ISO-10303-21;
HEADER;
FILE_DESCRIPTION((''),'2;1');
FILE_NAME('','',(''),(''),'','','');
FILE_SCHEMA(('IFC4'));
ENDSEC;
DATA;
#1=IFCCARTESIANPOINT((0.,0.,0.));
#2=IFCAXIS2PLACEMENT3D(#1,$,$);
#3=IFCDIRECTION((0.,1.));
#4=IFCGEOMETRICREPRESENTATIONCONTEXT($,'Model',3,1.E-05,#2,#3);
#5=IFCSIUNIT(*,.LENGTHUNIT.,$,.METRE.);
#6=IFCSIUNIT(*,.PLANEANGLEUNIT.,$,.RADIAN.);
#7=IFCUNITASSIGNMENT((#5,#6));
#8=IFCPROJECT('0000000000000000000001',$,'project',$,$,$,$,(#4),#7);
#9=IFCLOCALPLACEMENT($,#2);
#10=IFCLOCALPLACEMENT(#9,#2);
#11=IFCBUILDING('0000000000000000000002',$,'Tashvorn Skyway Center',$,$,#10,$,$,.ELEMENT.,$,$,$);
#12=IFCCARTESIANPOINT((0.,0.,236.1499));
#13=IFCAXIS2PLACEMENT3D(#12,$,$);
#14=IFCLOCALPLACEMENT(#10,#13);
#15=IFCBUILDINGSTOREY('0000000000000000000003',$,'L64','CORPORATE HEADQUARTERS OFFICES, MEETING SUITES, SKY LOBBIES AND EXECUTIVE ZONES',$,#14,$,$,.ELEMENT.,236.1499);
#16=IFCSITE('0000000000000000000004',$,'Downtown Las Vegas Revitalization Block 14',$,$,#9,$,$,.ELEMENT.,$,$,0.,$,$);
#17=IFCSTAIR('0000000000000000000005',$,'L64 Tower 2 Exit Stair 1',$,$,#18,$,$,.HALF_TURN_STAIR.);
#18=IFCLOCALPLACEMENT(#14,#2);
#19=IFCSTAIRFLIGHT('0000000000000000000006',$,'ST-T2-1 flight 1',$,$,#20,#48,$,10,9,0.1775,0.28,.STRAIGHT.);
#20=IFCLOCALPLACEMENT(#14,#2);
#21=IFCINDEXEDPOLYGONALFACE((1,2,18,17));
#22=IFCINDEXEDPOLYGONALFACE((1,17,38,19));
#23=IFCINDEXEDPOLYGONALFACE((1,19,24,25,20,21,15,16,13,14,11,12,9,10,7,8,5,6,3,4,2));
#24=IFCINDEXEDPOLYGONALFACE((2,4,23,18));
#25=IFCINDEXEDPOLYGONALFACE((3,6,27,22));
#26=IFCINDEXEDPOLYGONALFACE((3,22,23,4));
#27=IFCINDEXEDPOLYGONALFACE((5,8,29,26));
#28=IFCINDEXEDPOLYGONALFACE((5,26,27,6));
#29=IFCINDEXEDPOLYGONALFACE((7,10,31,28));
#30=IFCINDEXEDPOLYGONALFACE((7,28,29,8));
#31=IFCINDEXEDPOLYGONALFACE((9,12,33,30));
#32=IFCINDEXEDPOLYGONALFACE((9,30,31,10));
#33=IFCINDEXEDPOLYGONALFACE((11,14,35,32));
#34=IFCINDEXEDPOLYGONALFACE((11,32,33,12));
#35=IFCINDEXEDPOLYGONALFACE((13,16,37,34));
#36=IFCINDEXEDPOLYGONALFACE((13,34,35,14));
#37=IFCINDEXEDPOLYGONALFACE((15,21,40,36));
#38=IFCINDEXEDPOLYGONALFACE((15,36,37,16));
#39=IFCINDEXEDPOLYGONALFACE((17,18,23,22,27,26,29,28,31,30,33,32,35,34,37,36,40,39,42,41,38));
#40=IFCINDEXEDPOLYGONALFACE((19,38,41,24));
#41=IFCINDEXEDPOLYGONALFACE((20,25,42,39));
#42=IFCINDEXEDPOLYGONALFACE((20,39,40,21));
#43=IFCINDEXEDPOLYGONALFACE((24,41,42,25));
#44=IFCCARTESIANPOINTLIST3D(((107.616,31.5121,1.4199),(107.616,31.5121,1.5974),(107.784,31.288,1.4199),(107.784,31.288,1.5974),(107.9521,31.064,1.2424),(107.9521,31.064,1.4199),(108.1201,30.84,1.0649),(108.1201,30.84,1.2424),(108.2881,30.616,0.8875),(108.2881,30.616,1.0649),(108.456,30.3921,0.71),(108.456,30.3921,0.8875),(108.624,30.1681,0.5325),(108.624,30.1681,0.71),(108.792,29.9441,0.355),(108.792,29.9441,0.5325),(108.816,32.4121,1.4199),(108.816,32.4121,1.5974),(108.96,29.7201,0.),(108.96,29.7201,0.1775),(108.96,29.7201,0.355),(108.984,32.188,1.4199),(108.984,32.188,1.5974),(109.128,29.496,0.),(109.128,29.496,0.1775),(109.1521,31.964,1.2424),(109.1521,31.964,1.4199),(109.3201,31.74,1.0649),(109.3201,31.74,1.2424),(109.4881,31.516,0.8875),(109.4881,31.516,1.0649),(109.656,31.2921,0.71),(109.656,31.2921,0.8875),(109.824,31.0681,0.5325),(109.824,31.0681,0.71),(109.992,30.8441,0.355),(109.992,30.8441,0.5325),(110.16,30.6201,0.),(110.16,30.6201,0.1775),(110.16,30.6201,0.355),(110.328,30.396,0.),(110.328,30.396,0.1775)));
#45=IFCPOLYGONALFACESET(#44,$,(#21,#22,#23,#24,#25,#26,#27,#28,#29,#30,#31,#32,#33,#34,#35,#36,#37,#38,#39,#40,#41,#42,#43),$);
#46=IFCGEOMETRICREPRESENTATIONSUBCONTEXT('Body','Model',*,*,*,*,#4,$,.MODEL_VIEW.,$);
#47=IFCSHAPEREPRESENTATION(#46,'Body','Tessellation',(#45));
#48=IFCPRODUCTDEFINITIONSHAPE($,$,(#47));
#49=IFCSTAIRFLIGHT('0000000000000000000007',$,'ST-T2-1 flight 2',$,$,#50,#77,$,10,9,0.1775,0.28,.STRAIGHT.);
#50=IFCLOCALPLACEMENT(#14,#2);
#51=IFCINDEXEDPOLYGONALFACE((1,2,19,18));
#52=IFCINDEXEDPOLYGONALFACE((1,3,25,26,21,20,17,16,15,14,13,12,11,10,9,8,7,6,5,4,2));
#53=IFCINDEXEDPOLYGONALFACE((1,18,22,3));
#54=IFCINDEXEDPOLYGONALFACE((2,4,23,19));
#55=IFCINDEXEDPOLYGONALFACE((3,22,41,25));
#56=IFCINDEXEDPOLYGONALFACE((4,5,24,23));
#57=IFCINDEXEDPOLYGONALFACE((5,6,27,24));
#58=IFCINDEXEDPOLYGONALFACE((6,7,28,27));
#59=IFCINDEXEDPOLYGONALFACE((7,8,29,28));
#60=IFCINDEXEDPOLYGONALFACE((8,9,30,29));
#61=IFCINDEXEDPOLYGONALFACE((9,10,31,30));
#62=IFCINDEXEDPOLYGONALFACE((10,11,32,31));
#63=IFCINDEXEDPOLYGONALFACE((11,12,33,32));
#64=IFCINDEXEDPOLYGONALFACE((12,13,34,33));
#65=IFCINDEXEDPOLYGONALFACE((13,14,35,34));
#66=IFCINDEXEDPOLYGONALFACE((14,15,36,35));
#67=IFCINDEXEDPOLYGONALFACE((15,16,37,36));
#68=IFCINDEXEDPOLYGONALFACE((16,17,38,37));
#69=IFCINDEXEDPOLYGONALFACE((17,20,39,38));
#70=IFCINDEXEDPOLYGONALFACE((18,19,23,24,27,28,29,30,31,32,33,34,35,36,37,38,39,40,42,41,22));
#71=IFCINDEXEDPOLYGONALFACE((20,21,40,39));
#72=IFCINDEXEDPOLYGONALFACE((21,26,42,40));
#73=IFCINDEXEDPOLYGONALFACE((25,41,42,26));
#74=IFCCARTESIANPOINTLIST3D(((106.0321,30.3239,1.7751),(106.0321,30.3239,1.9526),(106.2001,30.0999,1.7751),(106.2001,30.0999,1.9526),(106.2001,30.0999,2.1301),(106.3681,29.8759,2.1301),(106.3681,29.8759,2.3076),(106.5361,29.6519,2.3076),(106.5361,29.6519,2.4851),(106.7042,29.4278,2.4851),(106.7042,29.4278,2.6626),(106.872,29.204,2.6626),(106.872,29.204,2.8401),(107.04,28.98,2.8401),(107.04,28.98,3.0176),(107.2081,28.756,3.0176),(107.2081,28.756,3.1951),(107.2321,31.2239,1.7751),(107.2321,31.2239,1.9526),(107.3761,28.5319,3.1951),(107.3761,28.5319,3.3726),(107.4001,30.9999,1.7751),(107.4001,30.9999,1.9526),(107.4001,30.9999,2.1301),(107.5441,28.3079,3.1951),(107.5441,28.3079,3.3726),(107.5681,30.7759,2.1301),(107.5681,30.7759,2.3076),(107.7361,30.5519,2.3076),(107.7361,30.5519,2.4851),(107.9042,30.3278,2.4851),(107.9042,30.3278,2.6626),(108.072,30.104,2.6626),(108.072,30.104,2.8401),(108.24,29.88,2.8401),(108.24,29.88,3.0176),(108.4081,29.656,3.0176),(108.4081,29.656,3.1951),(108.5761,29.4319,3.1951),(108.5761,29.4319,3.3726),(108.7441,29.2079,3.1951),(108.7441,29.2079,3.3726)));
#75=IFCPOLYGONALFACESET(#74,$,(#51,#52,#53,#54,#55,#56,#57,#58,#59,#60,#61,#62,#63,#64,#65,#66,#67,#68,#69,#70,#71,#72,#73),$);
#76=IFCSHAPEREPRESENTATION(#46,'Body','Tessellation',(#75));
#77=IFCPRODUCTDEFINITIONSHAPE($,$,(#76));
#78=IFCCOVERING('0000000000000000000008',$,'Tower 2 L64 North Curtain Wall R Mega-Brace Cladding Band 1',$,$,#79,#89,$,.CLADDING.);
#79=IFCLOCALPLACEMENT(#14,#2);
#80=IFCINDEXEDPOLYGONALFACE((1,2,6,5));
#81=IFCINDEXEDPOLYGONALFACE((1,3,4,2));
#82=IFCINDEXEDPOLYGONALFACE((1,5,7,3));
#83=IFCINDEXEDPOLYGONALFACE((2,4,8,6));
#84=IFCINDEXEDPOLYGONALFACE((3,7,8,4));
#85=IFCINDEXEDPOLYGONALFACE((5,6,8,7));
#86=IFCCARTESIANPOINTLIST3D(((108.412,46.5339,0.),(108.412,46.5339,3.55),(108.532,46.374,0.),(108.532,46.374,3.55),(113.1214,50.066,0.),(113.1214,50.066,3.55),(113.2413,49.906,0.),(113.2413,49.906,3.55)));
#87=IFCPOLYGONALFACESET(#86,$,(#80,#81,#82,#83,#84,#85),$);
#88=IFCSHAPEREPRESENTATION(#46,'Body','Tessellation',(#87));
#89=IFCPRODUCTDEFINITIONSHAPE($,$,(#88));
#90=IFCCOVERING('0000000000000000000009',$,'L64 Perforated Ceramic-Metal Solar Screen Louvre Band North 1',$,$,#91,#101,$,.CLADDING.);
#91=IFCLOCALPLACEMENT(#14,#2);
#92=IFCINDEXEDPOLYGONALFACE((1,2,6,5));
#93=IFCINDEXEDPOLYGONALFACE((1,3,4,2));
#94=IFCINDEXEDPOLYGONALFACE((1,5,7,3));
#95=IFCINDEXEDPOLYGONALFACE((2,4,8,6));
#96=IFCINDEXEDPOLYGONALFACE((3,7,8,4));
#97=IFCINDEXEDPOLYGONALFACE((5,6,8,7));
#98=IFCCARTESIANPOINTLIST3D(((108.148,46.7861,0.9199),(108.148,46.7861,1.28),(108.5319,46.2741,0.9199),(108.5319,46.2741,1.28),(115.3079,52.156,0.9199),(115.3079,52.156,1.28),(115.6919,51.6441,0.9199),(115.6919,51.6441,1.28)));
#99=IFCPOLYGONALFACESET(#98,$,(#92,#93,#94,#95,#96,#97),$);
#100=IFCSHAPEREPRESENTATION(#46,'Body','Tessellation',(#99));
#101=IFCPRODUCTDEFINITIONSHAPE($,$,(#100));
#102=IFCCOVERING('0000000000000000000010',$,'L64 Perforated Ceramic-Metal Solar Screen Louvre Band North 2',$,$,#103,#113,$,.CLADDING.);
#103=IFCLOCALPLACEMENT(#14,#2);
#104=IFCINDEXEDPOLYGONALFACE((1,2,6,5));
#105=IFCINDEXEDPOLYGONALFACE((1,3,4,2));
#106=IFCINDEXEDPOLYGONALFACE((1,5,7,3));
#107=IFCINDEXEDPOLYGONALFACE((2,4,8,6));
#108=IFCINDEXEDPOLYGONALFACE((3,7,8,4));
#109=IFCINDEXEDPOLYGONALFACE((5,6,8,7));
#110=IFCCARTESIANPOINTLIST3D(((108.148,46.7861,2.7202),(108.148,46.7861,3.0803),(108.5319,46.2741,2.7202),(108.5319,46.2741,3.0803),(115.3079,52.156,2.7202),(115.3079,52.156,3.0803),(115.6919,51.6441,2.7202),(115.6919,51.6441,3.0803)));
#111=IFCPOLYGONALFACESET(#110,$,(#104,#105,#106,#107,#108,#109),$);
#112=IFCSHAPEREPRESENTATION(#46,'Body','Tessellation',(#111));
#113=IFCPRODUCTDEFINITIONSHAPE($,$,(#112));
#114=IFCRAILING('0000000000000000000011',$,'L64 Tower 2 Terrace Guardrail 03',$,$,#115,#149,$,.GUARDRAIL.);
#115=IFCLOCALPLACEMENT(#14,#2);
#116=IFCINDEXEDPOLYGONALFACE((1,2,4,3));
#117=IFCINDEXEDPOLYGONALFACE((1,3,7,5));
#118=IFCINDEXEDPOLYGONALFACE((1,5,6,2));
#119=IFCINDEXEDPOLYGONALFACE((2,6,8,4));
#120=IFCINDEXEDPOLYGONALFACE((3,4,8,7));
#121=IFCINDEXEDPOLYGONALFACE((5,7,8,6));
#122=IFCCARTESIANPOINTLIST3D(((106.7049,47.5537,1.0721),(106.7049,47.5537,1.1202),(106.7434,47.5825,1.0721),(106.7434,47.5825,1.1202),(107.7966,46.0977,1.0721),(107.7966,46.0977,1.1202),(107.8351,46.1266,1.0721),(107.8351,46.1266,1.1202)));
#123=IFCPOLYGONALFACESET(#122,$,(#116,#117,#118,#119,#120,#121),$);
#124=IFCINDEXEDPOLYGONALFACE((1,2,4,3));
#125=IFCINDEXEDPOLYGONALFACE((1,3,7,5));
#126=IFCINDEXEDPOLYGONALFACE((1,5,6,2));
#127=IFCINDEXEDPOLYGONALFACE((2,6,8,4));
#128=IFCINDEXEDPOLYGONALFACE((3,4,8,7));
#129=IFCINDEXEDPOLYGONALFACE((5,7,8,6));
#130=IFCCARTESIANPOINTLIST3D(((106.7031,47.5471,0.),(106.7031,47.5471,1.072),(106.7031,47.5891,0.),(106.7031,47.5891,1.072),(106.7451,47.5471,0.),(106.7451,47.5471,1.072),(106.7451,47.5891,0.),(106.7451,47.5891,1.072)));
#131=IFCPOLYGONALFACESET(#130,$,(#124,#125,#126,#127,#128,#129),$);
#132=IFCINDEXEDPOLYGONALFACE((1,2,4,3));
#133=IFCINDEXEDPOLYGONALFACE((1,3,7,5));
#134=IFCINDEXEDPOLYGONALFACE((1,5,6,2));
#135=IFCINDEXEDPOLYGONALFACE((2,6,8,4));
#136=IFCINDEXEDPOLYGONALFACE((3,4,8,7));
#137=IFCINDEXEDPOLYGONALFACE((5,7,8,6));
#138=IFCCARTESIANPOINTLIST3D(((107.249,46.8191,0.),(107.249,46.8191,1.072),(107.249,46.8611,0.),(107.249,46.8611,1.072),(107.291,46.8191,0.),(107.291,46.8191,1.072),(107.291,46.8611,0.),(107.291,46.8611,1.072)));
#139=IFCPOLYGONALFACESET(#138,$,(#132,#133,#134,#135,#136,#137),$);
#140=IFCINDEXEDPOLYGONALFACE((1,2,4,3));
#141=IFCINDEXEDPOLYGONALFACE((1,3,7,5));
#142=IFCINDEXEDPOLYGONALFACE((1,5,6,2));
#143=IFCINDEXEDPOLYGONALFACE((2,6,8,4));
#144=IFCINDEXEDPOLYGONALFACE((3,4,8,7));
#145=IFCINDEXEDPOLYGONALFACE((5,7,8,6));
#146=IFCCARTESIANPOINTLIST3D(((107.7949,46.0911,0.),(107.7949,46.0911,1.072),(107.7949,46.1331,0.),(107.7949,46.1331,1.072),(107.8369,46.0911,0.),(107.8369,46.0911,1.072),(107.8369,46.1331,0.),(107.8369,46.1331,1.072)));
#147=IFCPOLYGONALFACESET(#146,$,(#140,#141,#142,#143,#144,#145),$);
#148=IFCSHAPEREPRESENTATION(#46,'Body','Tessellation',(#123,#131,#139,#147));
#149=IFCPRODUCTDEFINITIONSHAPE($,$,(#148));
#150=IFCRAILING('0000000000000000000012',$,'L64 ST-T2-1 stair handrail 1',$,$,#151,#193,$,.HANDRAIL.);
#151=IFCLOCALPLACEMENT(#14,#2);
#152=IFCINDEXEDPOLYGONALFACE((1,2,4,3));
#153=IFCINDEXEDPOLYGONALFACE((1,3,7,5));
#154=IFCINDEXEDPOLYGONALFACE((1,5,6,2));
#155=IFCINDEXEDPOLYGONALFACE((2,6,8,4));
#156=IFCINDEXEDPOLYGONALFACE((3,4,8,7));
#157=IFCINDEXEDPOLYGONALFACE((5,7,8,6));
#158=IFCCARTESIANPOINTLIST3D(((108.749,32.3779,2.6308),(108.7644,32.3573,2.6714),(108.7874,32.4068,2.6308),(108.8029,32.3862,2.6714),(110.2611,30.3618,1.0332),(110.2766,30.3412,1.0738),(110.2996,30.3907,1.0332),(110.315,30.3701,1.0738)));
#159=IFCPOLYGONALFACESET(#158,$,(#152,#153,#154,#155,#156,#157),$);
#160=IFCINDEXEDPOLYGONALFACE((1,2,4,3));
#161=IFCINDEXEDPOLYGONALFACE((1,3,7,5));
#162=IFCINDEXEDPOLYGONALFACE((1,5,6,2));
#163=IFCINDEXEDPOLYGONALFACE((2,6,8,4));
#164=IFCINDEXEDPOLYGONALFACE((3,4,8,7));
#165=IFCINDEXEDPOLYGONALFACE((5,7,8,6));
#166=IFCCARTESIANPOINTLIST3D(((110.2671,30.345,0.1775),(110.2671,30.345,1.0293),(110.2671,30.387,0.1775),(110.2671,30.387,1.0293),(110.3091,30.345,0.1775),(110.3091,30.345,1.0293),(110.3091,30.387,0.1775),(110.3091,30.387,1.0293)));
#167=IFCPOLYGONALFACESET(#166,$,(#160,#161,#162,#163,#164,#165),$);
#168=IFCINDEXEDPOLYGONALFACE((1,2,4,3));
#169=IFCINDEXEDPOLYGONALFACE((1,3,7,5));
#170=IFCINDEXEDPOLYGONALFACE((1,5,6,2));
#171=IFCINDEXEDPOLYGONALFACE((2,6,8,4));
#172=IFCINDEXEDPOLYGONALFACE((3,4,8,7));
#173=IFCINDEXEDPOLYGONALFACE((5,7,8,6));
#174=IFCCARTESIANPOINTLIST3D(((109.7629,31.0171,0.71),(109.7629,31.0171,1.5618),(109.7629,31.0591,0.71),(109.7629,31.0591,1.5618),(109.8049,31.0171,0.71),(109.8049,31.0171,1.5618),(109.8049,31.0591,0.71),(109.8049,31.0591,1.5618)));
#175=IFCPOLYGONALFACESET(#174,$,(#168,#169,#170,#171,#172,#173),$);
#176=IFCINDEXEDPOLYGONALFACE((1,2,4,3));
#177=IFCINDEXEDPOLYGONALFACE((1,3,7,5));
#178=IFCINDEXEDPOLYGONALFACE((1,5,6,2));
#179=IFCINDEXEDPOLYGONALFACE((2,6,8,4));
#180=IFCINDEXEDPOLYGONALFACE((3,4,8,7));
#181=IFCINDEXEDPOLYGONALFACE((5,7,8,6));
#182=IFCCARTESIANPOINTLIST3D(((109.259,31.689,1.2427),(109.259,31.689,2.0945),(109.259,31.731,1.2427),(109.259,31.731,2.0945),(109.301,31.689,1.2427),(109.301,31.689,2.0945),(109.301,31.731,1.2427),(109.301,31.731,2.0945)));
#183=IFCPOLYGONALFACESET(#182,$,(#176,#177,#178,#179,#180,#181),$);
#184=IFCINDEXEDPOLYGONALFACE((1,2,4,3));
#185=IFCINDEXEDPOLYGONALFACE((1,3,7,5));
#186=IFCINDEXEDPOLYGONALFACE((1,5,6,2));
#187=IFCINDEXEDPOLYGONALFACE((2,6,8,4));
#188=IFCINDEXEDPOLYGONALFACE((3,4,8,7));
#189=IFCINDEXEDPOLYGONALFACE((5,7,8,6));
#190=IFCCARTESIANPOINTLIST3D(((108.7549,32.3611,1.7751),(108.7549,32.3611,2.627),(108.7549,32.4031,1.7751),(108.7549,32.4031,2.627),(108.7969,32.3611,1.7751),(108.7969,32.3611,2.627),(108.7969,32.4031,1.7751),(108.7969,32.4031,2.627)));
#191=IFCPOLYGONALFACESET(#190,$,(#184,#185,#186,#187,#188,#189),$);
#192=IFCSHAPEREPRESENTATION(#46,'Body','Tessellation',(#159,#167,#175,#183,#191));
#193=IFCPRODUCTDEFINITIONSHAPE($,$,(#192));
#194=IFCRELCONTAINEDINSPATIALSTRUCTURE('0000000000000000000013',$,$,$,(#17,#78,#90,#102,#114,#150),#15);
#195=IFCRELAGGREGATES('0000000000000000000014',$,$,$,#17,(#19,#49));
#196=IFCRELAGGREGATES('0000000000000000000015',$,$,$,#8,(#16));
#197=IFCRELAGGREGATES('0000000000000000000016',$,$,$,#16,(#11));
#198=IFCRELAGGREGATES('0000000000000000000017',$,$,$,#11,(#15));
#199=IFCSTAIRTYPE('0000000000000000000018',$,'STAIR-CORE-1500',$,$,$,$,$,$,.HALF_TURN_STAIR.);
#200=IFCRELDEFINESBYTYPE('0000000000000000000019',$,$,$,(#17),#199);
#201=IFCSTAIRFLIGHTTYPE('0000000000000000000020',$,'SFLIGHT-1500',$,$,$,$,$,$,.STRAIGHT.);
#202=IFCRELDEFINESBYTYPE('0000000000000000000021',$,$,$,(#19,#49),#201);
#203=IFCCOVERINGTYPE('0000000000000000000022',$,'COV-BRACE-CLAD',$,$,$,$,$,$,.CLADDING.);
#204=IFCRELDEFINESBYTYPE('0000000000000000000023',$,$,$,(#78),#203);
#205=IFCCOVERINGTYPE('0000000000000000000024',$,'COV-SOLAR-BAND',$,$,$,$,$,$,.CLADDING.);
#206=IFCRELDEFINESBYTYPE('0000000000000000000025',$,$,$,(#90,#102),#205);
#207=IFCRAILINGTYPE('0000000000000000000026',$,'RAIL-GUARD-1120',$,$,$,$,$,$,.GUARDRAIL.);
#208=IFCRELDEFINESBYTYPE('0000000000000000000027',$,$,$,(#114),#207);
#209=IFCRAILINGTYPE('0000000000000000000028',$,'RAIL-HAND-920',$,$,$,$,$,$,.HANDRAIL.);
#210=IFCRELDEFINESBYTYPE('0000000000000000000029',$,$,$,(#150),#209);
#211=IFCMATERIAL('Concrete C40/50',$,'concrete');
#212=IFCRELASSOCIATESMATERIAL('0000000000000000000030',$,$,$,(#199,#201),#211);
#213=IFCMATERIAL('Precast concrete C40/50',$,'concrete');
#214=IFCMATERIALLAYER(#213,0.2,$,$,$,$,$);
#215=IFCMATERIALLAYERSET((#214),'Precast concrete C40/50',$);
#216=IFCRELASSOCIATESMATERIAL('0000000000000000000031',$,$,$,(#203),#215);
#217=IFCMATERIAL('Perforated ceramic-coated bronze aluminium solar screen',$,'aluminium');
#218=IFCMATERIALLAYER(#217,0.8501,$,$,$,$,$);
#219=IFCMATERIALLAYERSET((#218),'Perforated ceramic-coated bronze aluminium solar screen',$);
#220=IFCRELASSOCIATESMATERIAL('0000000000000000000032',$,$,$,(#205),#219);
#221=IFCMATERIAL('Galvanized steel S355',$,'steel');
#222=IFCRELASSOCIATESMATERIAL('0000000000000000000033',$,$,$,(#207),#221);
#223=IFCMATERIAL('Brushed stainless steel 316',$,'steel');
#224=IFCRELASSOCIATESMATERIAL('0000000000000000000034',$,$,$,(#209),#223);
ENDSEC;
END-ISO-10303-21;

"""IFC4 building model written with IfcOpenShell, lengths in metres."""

from ifc_helpers import new_model, si_unit, direction, frame, origin, origin_2d, place, context, subcontext, project, spatial, polyline, rectangle, outline, extrude, material, layer, layer_set, type_object, element, aggregate, save


model = new_model("IFC4")

# Units and contexts
model_context = context("Model", 3, precision=1e-05, world=origin(), true_north=direction((0.0, 1.0)))
body_context = subcontext(model_context, "Body", "Model", "MODEL_VIEW")
ifc_project = project(units=[si_unit("LENGTHUNIT", "METRE"), si_unit("PLANEANGLEUNIT", "RADIAN")], contexts=[model_context])

# Site, building, storey
site_placement = place(None, origin())
site = spatial("IfcSite", under=ifc_project, at=site_placement, Name="Downtown Las Vegas Revitalization Block 14", CompositionType="ELEMENT", RefElevation=0.0)
building_placement = place(site_placement, origin())
building = spatial("IfcBuilding", under=site, at=building_placement, Name="Tashvorn Skyway Center", CompositionType="ELEMENT")
storey_placement = place(building_placement, frame((0.0, 0.0, 236.1499)))
storey = spatial("IfcBuildingStorey", under=building, at=storey_placement, Name="L64", Description="CORPORATE HEADQUARTERS OFFICES, MEETING SUITES, SKY LOBBIES AND EXECUTIVE ZONES", CompositionType="ELEMENT", Elevation=236.1499)

# Shared definitions
ifc_material_1 = material(Name="Concrete C40/50", Category="concrete")

# Stair, stair flights
stair_type = type_object("IfcStairType", Name="STAIR-CORE-1500", PredefinedType="HALF_TURN_STAIR", material=ifc_material_1)
stair_placement = place(storey_placement, origin())
stair = element("IfcStair", 1, at=stair_placement, inside=storey, type_object=stair_type, Name="L64 Tower 2 Exit Stair 1", PredefinedType="HALF_TURN_STAIR")
stair_flight_type = type_object("IfcStairFlightType", Name="SFLIGHT-1500", PredefinedType="STRAIGHT", material=ifc_material_1)
stair_flight_1_placement = place(storey_placement, frame((109.728, 29.946, 0.0), z_axis=(0.0, 0.0, 1.0), x_axis=(-0.6, 0.8, 0.0)))
stair_flight_1 = element("IfcStairFlight", 2, at=stair_flight_1_placement, type_object=stair_flight_type, Name="ST-T2-1 flight 1", NumberOfRisers=10, NumberOfTreads=9, PredefinedType="STRAIGHT", RiserHeight=0.1775, TreadLength=0.28, context=body_context, shape_type="SweptSolid", body=[
    extrude(outline(polyline([(0.0, 0.0), (0.0, 0.1775), (0.28, 0.1775), (0.28, 0.355), (0.5601, 0.355), (0.5601, 0.5325), (0.8401, 0.5325), (0.8401, 0.71), (1.1201, 0.71), (1.1201, 0.8875), (1.3999, 0.8875), (1.3999, 1.0649), (1.6799, 1.0649), (1.6799, 1.2424), (1.96, 1.2424), (1.96, 1.4199), (2.24, 1.4199), (2.24, 1.5974), (2.52, 1.5974), (2.52, 1.7749), (2.52, 1.4199), (0.28, 0.0), (0.0, 0.0)])), frame((0.0, 0.75, 0.0), z_axis=(0.0, -1.0, 0.0), x_axis=(1.0, 0.0, 0.0)), (0.0, 0.0, 1.0), 1.5),
])
stair_flight_2_placement = place(storey_placement, frame((106.6321, 30.7739, 1.7751), z_axis=(0.0, 0.0, 1.0), x_axis=(0.6, -0.8, 0.0)))
stair_flight_2 = element("IfcStairFlight", 3, at=stair_flight_2_placement, type_object=stair_flight_type, Name="ST-T2-1 flight 2", NumberOfRisers=10, NumberOfTreads=9, PredefinedType="STRAIGHT", RiserHeight=0.1775, TreadLength=0.28, context=body_context, shape_type="SweptSolid", body=[
    extrude(outline(polyline([(0.0, 0.0), (0.0, 0.1775), (0.28, 0.1775), (0.28, 0.355), (0.5601, 0.355), (0.5601, 0.5325), (0.8401, 0.5325), (0.8401, 0.71), (1.1201, 0.71), (1.1201, 0.8875), (1.3999, 0.8875), (1.3999, 1.0649), (1.6799, 1.0649), (1.6799, 1.2424), (1.96, 1.2424), (1.96, 1.4199), (2.24, 1.4199), (2.24, 1.5974), (2.52, 1.5974), (2.52, 1.7749), (2.52, 1.4199), (0.28, 0.0), (0.0, 0.0)])), frame((0.0, 0.75, 0.0), z_axis=(0.0, -1.0, 0.0), x_axis=(1.0, 0.0, 0.0)), (0.0, 0.0, 1.0), 1.5),
])
aggregate(stair, [stair_flight_1, stair_flight_2])

# Coverings
ifc_material_2 = material(Name="Precast concrete C40/50", Category="concrete")
ifc_layer_1 = layer(ifc_material_2, 0.2)
ifc_layer_set_1 = layer_set([ifc_layer_1], Name="Precast concrete C40/50")
covering_type_1 = type_object("IfcCoveringType", Name="COV-BRACE-CLAD", PredefinedType="CLADDING", material=ifc_layer_set_1)
covering_placement = place(storey_placement, frame((110.8267, 48.22, 0.0), z_axis=(0.0, 0.0, 1.0), x_axis=(0.8, 0.6, 0.0)))
element("IfcCovering", 4, at=covering_placement, inside=storey, type_object=covering_type_1, Name="Tower 2 L64 North Curtain Wall R Mega-Brace Cladding Band 1", PredefinedType="CLADDING", context=body_context, shape_type="SweptSolid", body=[
    extrude(rectangle(XDim=5.8867, YDim=0.2, at=origin_2d()), origin(), (0.0, 0.0, 1.0), 3.55),
])
ifc_material_3 = material(Name="Perforated ceramic-coated bronze aluminium solar screen", Category="aluminium")
ifc_layer_2 = layer(ifc_material_3, 0.8501)
ifc_layer_set_2 = layer_set([ifc_layer_2], Name="Perforated ceramic-coated bronze aluminium solar screen")
covering_type_2 = type_object("IfcCoveringType", Name="COV-SOLAR-BAND", PredefinedType="CLADDING", material=ifc_layer_set_2)
for number, where, z_axis, x_axis, name in (
    (5, (111.9199, 49.2151, 0.9199), (0.0, 0.0, 1.0), (0.8, 0.6, 0.0), "L64 Perforated Ceramic-Metal Solar Screen Louvre Band North 1"),
    (6, (111.9199, 49.2151, 2.7202), (0.0, 0.0, 1.0), (0.8, 0.6, 0.0), "L64 Perforated Ceramic-Metal Solar Screen Louvre Band North 2"),
):
    element("IfcCovering", number, at=place(storey_placement, frame(where, z_axis=z_axis, x_axis=x_axis)), inside=storey, type_object=covering_type_2, Name=name, PredefinedType="CLADDING", context=body_context, shape_type="SweptSolid", body=[
        extrude(rectangle(XDim=8.95, YDim=0.6399, at=origin_2d()), origin(), (0.0, 0.0, 1.0), 0.3601),
    ])

# Railings
ifc_material_4 = material(Name="Galvanized steel S355", Category="steel")
railing_type_1 = type_object("IfcRailingType", Name="RAIL-GUARD-1120", PredefinedType="GUARDRAIL", material=ifc_material_4)
railing_1_placement = place(storey_placement, frame((106.7241, 47.5681, 0.0)))
element("IfcRailing", 7, at=railing_1_placement, inside=storey, type_object=railing_type_1, Name="L64 Tower 2 Terrace Guardrail 03", PredefinedType="GUARDRAIL", context=body_context, shape_type="SweptSolid", body=[
    extrude(rectangle(XDim=0.0481, YDim=0.0481, at=origin_2d()), frame((0.0, 0.0, 1.0962), z_axis=(0.599914, -0.800064, 0.0), x_axis=(0.800064, 0.599914, 0.0)), (0.0, 0.0, 1.0), 1.8198),
    extrude(rectangle(XDim=0.042, YDim=0.042, at=origin_2d()), origin(), (0.0, 0.0, 1.0), 1.072),
    extrude(rectangle(XDim=0.042, YDim=0.042, at=origin_2d()), frame((0.5459, -0.728, 0.0)), (0.0, 0.0, 1.0), 1.072),
    extrude(rectangle(XDim=0.042, YDim=0.042, at=origin_2d()), frame((1.0918, -1.4561, 0.0)), (0.0, 0.0, 1.0), 1.072),
])
ifc_material_5 = material(Name="Brushed stainless steel 316", Category="steel")
railing_type_2 = type_object("IfcRailingType", Name="RAIL-HAND-920", PredefinedType="HANDRAIL", material=ifc_material_5)
railing_2_placement = place(storey_placement, frame((110.2881, 30.366, 0.1775)))
element("IfcRailing", 8, at=railing_2_placement, inside=storey, type_object=railing_type_2, Name="L64 ST-T2-1 stair handrail 1", PredefinedType="HANDRAIL", context=body_context, shape_type="SweptSolid", body=[
    extrude(rectangle(XDim=0.0481, YDim=0.0481, at=origin_2d()), frame((0.0, 0.0, 0.876), z_axis=(-0.506779, 0.675651, 0.535416), x_axis=(-0.799977, -0.600031, 0.0)), (0.0, 0.0, 1.0), 2.9839),
    extrude(rectangle(XDim=0.042, YDim=0.042, at=origin_2d()), origin(), (0.0, 0.0, 1.0), 0.8518),
    extrude(rectangle(XDim=0.042, YDim=0.042, at=origin_2d()), frame((-0.5042, 0.6721, 0.5325)), (0.0, 0.0, 1.0), 0.8518),
    extrude(rectangle(XDim=0.042, YDim=0.042, at=origin_2d()), frame((-1.0081, 1.344, 1.0652)), (0.0, 0.0, 1.0), 0.8518),
    extrude(rectangle(XDim=0.042, YDim=0.042, at=origin_2d()), frame((-1.5122, 2.0161, 1.5977)), (0.0, 0.0, 1.0), 0.8518),
])

save(model, "model.ifc")
